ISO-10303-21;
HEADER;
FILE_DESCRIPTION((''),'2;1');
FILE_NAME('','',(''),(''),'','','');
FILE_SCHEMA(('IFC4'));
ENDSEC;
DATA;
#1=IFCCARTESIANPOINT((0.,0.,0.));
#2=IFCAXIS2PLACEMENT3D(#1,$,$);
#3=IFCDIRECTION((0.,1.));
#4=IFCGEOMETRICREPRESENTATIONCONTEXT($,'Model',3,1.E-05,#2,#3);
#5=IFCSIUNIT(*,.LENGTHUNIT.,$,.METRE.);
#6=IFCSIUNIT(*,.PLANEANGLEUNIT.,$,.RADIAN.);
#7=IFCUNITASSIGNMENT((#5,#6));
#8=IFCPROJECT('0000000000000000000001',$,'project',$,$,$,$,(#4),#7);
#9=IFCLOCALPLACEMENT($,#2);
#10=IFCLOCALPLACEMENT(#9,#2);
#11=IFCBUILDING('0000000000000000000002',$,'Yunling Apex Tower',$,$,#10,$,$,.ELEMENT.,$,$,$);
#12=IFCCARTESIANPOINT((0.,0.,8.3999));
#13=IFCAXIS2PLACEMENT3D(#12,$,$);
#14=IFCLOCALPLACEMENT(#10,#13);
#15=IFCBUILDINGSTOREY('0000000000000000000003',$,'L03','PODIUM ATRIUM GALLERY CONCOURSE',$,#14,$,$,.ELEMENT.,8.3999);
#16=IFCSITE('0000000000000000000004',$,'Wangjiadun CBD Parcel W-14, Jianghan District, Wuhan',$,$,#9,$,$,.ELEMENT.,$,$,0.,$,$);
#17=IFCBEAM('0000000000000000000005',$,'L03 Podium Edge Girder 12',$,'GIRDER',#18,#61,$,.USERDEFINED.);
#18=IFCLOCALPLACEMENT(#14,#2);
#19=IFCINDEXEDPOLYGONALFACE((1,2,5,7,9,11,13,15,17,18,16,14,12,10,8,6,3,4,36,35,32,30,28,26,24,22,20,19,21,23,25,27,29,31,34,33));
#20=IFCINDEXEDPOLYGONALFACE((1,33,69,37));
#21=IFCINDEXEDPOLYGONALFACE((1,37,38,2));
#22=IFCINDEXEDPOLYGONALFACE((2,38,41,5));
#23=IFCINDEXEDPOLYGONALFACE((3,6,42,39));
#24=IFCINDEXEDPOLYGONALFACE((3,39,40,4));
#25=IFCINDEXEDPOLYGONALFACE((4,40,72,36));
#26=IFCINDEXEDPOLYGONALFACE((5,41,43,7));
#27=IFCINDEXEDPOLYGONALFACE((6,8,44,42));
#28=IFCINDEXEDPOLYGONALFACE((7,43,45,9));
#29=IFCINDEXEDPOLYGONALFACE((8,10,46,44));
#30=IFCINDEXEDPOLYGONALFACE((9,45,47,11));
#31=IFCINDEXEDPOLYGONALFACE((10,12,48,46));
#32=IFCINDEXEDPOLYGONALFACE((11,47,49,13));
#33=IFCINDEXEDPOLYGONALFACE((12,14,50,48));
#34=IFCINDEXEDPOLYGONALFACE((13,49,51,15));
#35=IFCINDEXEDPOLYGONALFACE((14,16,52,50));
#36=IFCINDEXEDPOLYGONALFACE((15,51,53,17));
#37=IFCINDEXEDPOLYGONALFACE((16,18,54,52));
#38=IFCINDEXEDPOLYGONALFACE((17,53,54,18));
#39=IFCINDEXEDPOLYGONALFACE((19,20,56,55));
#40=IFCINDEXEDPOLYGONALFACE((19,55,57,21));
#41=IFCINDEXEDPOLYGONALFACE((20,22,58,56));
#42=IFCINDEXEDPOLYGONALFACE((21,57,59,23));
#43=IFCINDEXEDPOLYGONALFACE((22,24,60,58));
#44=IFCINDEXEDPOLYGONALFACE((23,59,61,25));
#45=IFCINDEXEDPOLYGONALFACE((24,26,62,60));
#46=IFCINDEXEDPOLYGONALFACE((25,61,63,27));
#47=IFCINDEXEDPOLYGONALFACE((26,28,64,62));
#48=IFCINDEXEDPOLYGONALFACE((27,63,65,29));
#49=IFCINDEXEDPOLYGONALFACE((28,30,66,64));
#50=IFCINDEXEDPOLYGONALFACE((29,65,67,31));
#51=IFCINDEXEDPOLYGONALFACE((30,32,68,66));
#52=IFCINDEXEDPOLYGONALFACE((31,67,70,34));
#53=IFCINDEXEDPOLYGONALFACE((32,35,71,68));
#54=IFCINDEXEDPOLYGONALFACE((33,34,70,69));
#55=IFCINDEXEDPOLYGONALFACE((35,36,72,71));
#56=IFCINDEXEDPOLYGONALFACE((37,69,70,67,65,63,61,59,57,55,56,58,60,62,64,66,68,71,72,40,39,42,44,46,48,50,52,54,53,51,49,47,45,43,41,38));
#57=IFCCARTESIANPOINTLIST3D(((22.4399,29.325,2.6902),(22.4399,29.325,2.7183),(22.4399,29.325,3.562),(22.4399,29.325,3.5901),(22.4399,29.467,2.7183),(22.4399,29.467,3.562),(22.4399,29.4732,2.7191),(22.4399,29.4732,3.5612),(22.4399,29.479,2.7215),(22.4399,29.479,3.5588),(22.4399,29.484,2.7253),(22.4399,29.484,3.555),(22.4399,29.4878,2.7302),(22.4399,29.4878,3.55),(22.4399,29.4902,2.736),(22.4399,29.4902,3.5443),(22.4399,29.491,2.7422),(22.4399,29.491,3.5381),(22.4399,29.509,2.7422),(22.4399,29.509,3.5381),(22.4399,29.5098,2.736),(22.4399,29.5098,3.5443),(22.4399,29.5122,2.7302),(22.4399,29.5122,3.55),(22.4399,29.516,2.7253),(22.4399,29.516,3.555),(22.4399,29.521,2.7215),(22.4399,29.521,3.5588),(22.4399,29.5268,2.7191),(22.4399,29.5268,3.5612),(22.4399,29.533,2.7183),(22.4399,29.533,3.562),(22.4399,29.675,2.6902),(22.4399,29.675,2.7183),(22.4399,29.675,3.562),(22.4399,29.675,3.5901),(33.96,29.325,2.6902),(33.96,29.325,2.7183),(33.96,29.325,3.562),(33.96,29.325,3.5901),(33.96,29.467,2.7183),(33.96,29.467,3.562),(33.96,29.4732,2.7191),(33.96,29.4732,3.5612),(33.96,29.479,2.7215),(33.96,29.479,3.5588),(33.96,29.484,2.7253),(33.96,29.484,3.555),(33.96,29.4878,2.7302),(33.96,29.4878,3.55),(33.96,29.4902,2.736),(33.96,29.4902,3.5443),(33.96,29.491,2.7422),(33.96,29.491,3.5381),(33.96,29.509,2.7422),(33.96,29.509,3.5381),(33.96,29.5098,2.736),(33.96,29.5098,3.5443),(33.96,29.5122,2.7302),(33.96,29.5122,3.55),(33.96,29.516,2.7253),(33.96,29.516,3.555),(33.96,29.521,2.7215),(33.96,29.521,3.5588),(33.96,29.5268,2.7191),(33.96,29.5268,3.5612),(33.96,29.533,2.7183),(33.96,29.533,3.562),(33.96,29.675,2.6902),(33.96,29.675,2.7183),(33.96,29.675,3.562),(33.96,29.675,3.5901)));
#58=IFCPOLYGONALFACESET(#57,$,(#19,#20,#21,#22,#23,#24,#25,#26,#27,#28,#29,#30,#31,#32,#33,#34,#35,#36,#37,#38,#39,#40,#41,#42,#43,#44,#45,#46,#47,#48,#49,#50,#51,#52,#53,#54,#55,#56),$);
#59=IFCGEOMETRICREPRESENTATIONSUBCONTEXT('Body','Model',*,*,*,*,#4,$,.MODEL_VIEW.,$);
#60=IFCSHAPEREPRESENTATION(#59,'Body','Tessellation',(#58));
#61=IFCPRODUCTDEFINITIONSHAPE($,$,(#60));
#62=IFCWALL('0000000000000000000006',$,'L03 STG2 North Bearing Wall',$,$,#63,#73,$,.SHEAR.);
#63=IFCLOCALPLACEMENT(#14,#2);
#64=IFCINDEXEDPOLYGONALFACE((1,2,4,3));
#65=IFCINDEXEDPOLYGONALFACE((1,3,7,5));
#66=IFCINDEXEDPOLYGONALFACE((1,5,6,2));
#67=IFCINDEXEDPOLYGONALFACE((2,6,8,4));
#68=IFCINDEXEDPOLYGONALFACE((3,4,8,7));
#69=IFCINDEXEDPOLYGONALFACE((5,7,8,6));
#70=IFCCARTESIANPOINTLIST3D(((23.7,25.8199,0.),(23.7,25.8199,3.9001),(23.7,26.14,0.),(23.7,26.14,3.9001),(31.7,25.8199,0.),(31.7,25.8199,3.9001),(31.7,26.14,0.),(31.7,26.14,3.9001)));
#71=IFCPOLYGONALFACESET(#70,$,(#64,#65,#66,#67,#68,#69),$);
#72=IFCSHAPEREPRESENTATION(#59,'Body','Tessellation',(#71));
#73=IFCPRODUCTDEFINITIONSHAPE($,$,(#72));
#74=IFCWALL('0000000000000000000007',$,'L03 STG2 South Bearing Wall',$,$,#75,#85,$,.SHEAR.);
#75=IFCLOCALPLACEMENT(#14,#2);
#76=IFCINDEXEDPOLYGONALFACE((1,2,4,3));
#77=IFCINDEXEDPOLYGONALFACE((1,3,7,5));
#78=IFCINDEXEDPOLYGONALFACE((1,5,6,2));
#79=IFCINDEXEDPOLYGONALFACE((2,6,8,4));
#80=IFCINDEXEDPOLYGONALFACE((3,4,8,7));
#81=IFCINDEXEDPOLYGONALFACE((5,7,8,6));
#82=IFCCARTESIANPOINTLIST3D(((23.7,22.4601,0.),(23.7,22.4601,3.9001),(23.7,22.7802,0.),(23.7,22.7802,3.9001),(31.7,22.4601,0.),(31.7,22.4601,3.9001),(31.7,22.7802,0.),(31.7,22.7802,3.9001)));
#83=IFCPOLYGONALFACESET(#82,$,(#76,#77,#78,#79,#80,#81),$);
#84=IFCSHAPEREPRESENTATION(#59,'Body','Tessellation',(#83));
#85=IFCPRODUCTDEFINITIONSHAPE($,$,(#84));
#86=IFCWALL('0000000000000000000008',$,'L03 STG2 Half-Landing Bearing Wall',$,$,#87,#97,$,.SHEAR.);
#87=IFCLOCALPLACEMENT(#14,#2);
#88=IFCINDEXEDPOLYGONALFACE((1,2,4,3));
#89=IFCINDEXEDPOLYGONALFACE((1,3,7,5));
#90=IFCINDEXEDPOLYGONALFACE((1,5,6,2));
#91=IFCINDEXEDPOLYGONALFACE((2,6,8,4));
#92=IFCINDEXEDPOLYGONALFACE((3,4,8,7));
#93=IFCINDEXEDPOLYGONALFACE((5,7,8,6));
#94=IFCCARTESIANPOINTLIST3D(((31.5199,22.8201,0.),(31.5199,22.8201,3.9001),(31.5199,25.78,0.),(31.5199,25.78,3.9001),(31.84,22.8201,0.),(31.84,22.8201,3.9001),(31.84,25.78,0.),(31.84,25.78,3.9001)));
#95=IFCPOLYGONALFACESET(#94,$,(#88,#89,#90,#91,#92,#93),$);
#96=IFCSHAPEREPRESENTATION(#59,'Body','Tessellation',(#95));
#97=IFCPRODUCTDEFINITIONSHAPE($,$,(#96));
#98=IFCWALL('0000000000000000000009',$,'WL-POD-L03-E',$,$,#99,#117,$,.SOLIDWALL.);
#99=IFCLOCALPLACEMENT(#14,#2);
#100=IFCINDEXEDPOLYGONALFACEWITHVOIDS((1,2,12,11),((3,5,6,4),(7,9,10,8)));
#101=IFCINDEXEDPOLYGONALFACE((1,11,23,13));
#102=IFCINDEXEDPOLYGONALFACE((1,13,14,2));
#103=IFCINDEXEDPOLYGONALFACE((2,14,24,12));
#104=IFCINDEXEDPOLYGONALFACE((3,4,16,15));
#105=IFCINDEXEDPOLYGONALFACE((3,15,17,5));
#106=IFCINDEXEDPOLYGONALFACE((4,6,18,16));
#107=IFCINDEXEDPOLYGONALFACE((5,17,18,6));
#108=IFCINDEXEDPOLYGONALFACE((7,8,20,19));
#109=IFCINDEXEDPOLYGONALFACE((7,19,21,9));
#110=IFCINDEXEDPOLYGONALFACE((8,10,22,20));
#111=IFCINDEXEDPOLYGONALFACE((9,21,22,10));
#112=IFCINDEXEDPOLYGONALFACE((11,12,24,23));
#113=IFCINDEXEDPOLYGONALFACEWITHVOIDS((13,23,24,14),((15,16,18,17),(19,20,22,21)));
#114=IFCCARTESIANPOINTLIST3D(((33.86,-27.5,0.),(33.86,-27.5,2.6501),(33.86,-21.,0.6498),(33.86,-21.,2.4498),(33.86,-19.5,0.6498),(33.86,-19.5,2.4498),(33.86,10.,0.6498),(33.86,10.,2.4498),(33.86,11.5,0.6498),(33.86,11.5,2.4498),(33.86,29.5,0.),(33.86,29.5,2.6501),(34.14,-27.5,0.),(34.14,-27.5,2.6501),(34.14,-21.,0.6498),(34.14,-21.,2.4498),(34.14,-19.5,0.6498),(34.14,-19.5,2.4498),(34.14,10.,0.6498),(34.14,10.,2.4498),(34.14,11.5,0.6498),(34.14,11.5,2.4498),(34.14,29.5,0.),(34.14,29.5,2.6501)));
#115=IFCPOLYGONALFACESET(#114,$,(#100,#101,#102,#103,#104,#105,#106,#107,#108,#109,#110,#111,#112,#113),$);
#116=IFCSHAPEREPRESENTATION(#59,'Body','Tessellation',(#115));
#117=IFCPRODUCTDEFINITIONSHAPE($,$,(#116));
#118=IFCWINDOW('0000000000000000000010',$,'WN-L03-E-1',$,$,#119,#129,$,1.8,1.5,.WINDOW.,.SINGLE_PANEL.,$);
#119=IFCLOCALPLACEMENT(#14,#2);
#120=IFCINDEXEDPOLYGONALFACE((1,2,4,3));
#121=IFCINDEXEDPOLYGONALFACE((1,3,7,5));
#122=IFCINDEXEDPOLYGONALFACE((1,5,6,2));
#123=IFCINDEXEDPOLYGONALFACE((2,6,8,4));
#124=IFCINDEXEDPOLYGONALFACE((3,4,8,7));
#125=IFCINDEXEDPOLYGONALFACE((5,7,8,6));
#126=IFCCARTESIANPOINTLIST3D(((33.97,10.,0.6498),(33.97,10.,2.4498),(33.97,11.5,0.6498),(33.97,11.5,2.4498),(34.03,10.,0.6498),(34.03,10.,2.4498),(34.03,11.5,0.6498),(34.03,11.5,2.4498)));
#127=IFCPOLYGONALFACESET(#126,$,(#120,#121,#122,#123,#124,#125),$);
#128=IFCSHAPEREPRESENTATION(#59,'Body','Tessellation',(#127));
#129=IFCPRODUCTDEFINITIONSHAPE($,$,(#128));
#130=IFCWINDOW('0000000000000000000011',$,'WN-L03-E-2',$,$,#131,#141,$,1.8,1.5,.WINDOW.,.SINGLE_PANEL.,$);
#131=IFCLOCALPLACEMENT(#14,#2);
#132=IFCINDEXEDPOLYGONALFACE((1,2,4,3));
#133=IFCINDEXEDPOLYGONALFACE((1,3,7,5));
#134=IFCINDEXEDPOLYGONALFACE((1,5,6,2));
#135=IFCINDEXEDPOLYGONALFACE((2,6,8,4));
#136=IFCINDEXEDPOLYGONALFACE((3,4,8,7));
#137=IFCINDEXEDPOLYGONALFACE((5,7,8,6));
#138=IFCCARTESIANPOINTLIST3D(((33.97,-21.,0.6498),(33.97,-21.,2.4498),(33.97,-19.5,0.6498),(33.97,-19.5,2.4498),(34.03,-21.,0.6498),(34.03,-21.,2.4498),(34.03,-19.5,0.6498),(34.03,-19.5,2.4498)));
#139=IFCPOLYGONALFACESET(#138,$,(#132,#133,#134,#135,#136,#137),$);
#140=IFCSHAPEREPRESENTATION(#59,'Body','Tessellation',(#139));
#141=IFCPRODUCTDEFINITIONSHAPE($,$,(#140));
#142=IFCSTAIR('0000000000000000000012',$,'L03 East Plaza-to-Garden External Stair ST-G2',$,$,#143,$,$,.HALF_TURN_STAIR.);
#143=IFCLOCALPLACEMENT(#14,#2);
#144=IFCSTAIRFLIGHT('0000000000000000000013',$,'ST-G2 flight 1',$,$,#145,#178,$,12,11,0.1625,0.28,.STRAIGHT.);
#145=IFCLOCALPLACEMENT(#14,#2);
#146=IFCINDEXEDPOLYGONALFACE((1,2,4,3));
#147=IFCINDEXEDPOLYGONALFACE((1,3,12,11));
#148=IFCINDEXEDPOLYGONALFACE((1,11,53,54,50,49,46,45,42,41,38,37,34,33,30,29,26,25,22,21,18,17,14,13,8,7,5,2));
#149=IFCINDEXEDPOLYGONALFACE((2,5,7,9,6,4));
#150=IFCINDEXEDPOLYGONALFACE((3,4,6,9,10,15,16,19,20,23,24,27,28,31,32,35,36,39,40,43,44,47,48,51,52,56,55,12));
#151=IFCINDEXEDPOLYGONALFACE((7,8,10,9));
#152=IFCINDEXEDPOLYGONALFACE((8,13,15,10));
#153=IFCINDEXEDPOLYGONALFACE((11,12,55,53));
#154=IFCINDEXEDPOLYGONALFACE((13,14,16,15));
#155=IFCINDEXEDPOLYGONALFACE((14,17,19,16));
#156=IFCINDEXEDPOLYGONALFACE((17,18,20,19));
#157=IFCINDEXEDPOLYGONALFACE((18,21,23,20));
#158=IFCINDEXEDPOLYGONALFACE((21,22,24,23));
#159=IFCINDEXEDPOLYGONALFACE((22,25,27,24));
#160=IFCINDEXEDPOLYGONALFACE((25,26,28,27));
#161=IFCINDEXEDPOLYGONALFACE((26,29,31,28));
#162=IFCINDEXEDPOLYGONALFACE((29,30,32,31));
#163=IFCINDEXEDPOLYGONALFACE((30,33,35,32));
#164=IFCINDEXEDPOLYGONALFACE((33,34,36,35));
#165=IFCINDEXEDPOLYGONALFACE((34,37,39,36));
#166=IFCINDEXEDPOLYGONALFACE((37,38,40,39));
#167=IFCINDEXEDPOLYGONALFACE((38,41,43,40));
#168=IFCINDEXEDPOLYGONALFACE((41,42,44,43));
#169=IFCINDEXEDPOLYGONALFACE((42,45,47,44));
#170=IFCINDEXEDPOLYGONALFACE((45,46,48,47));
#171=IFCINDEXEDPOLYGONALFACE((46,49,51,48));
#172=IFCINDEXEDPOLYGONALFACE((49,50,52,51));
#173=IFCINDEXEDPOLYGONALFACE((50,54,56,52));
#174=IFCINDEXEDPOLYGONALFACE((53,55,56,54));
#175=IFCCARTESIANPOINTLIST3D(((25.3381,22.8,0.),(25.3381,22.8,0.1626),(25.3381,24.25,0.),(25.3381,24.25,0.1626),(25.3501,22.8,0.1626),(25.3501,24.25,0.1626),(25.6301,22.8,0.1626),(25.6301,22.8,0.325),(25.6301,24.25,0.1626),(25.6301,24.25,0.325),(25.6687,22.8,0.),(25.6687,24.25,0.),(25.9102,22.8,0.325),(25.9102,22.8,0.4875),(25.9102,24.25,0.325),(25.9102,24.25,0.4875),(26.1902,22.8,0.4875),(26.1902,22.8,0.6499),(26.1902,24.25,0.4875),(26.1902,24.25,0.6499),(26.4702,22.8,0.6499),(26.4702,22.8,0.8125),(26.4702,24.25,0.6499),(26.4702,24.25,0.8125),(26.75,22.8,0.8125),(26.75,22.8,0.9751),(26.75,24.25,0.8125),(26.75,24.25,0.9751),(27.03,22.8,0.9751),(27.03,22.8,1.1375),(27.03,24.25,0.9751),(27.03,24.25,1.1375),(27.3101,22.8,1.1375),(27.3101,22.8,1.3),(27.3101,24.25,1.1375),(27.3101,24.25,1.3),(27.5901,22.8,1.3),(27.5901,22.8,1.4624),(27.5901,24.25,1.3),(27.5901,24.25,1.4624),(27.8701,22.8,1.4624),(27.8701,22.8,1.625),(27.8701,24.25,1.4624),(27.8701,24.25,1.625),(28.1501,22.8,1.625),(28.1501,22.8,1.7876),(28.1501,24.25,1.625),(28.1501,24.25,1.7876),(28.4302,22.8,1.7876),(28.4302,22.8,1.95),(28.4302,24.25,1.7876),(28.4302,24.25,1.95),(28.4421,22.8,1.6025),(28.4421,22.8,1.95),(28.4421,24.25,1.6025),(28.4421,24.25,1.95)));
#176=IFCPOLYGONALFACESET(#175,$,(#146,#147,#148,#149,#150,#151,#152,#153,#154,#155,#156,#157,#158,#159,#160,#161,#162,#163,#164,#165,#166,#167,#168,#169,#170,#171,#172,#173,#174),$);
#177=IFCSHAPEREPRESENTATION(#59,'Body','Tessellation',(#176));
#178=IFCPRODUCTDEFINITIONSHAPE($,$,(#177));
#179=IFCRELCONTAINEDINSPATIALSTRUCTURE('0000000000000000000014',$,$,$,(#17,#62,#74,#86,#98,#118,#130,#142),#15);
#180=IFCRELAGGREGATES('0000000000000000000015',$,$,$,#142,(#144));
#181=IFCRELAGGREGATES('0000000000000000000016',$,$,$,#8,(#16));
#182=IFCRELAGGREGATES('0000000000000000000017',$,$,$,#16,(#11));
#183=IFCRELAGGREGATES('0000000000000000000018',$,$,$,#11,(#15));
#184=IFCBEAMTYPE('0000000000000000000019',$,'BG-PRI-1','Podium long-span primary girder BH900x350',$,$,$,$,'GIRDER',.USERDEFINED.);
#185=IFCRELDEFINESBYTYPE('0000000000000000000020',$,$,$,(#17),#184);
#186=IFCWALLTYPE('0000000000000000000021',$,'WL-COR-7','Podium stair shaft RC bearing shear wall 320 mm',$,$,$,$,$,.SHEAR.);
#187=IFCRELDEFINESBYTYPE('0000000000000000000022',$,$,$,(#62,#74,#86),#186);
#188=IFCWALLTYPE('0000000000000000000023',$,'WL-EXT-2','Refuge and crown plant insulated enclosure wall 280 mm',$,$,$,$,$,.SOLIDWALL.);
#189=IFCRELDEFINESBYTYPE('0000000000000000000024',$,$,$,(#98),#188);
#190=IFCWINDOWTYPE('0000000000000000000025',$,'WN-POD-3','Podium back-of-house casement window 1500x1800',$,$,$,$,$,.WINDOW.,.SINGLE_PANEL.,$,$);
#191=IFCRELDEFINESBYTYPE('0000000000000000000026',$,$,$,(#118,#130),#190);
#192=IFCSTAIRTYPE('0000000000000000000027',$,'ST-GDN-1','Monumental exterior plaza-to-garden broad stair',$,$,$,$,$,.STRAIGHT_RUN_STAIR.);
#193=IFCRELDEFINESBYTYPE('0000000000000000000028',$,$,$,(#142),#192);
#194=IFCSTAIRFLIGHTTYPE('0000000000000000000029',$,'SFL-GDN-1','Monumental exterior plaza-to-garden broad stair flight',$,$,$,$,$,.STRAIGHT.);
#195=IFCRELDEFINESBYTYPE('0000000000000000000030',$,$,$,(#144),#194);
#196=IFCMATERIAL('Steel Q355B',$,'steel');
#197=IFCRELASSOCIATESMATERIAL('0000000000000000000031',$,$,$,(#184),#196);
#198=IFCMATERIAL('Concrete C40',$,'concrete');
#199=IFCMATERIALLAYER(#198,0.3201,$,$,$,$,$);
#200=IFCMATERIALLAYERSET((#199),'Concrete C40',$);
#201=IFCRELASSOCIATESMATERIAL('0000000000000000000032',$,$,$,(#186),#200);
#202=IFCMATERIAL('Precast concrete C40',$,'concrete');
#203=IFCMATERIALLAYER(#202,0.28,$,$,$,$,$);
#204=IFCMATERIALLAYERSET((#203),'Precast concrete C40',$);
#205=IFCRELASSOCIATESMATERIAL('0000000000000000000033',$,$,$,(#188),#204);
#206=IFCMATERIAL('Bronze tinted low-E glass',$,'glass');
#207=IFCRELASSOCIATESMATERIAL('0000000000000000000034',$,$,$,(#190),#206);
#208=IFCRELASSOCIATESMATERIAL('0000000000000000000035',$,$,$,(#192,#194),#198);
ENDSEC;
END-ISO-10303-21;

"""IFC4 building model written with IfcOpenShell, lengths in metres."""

from ifc_helpers import new_model, si_unit, direction, frame, frame_2d, origin, origin_2d, place, context, subcontext, project, spatial, polyline, rectangle, i_section, outline, extrude, source, transform, mapped, material, layer, layer_set, material_profile, profile_set, type_object, element, fill, aggregate, save


model = new_model("IFC4")

# Units and contexts
model_context = context("Model", 3, precision=1e-05, world=origin(), true_north=direction((0.0, 1.0)))
body_context = subcontext(model_context, "Body", "Model", "MODEL_VIEW")
ifc_project = project(units=[si_unit("LENGTHUNIT", "METRE"), si_unit("PLANEANGLEUNIT", "RADIAN")], contexts=[model_context])

# Site, building, storey
site_placement = place(None, origin())
site = spatial("IfcSite", under=ifc_project, at=site_placement, Name="Wangjiadun CBD Parcel W-14, Jianghan District, Wuhan", CompositionType="ELEMENT", RefElevation=0.0)
building_placement = place(site_placement, origin())
building = spatial("IfcBuilding", under=site, at=building_placement, Name="Yunling Apex Tower", CompositionType="ELEMENT")
storey_placement = place(building_placement, frame((0.0, 0.0, 8.3999)))
storey = spatial("IfcBuildingStorey", under=building, at=storey_placement, Name="L03", Description="PODIUM ATRIUM GALLERY CONCOURSE", CompositionType="ELEMENT", Elevation=8.3999)

# Beam
ifc_material_1 = material(Name="Steel Q355B", Category="steel")
ifc_material_profile_1 = material_profile(ifc_material_1, i_section(OverallWidth=0.3501, OverallDepth=0.8999, WebThickness=0.0181, FlangeThickness=0.0281, FilletRadius=0.0239, at=origin_2d()))
ifc_profile_set_1 = profile_set([ifc_material_profile_1], Name="Steel Q355B")
beam_type_1 = type_object("IfcBeamType", Name="BG-PRI-1", Description="Podium long-span primary girder BH900x350", ElementType="GIRDER", PredefinedType="USERDEFINED", material=ifc_profile_set_1)
shared_shape_1 = source(origin(), body_context, "Body", "SweptSolid", [
    extrude(i_section(OverallWidth=0.3501, OverallDepth=0.8999, WebThickness=0.0181, FlangeThickness=0.0281, FilletRadius=0.0239, at=origin_2d()), origin(), (0.0, 0.0, 1.0), 11.52),
])
beam_1_placement = place(storey_placement, frame((22.4399, 29.5, 3.1401), z_axis=(1.0, 0.0, 0.0), x_axis=(0.0, 1.0, 0.0)))
element("IfcBeam", 1, at=beam_1_placement, inside=storey, type_object=beam_type_1, Name="L03 Podium Edge Girder 12", ObjectType="GIRDER", PredefinedType="USERDEFINED", context=body_context, shape_type="MappedRepresentation", body=[
    mapped(shared_shape_1, transform((0.0, 0.0, 0.0), scale=1.0)),
])

# Walls
ifc_material_2 = material(Name="Concrete C40", Category="concrete")
ifc_layer_1 = layer(ifc_material_2, 0.3201)
ifc_layer_set_1 = layer_set([ifc_layer_1], Name="Concrete C40")
wall_type_1 = type_object("IfcWallType", Name="WL-COR-7", Description="Podium stair shaft RC bearing shear wall 320 mm", PredefinedType="SHEAR", material=ifc_layer_set_1)
for number, where, z_axis, x_axis, name in (
    (2, (23.7, 25.98, 0.0), (0.0, 0.0, 1.0), (1.0, 0.0, 0.0), "L03 STG2 North Bearing Wall"),
    (3, (23.7, 22.6201, 0.0), (0.0, 0.0, 1.0), (1.0, 0.0, 0.0), "L03 STG2 South Bearing Wall"),
):
    element("IfcWall", number, at=place(storey_placement, frame(where, z_axis=z_axis, x_axis=x_axis)), inside=storey, type_object=wall_type_1, Name=name, PredefinedType="SHEAR", context=body_context, shape_type="SweptSolid", body=[
        extrude(rectangle(XDim=8.0, YDim=0.3201, at=frame_2d((4.0, 0.0))), origin(), (0.0, 0.0, 1.0), 3.9001),
    ])
wall_1_placement = place(storey_placement, frame((31.6799, 22.8201, 0.0), z_axis=(0.0, 0.0, 1.0), x_axis=(0.0, 1.0, 0.0)))
element("IfcWall", 4, at=wall_1_placement, inside=storey, type_object=wall_type_1, Name="L03 STG2 Half-Landing Bearing Wall", PredefinedType="SHEAR", context=body_context, shape_type="SweptSolid", body=[
    extrude(rectangle(XDim=2.96, YDim=0.3201, at=frame_2d((1.48, 0.0))), origin(), (0.0, 0.0, 1.0), 3.9001),
])

# Wall, openings, windows
ifc_material_3 = material(Name="Precast concrete C40", Category="concrete")
ifc_layer_2 = layer(ifc_material_3, 0.28)
ifc_layer_set_2 = layer_set([ifc_layer_2], Name="Precast concrete C40")
wall_type_2 = type_object("IfcWallType", Name="WL-EXT-2", Description="Refuge and crown plant insulated enclosure wall 280 mm", PredefinedType="SOLIDWALL", material=ifc_layer_set_2)
wall_2_placement = place(storey_placement, frame((34.0, 29.5, 0.0), z_axis=(0.0, 0.0, 1.0), x_axis=(0.0, -1.0, 0.0)))
wall_2 = element("IfcWall", 5, at=wall_2_placement, inside=storey, type_object=wall_type_2, Name="WL-POD-L03-E", PredefinedType="SOLIDWALL", context=body_context, shape_type="SweptSolid", body=[
    extrude(rectangle(XDim=57.0, YDim=0.28, at=frame_2d((28.5, 0.0))), origin(), (0.0, 0.0, 1.0), 2.6501),
])
opening_1_placement = place(wall_2_placement, frame((18.0, 0.0, 0.6499)))
opening_1 = element("IfcOpeningElement", 6, at=opening_1_placement, cuts=wall_2, PredefinedType="OPENING", context=body_context, shape_type="SweptSolid", body=[
    extrude(rectangle(XDim=1.5, YDim=1.8, at=frame_2d((0.75, 0.8999))), frame((0.0, 0.1499, 0.0), z_axis=(0.0, -1.0, 0.0), x_axis=(1.0, 0.0, 0.0)), (0.0, 0.0, 1.0), 0.3),
])
opening_2_placement = place(wall_2_placement, frame((49.0, 0.0, 0.6499)))
opening_2 = element("IfcOpeningElement", 7, at=opening_2_placement, cuts=wall_2, PredefinedType="OPENING", context=body_context, shape_type="SweptSolid", body=[
    extrude(rectangle(XDim=1.5, YDim=1.8, at=frame_2d((0.75, 0.8999))), frame((0.0, 0.1499, 0.0), z_axis=(0.0, -1.0, 0.0), x_axis=(1.0, 0.0, 0.0)), (0.0, 0.0, 1.0), 0.3),
])
ifc_material_4 = material(Name="Bronze tinted low-E glass", Category="glass")
window_type = type_object("IfcWindowType", Name="WN-POD-3", Description="Podium back-of-house casement window 1500x1800", PartitioningType="SINGLE_PANEL", PredefinedType="WINDOW", material=ifc_material_4)
window_1_placement = place(opening_1_placement, origin())
window_1 = element("IfcWindow", 8, at=window_1_placement, inside=storey, type_object=window_type, Name="WN-L03-E-1", OverallHeight=1.8, OverallWidth=1.5, PartitioningType="SINGLE_PANEL", PredefinedType="WINDOW", context=body_context, shape_type="SweptSolid", body=[
    extrude(rectangle(XDim=1.5, YDim=1.8, at=frame_2d((0.75, 0.8999))), frame((0.0, 0.03, 0.0), z_axis=(0.0, -1.0, 0.0), x_axis=(1.0, 0.0, 0.0)), (0.0, 0.0, 1.0), 0.0601),
])
fill(opening_1, window_1)
window_2_placement = place(opening_2_placement, origin())
window_2 = element("IfcWindow", 9, at=window_2_placement, inside=storey, type_object=window_type, Name="WN-L03-E-2", OverallHeight=1.8, OverallWidth=1.5, PartitioningType="SINGLE_PANEL", PredefinedType="WINDOW", context=body_context, shape_type="SweptSolid", body=[
    extrude(rectangle(XDim=1.5, YDim=1.8, at=frame_2d((0.75, 0.8999))), frame((0.0, 0.03, 0.0), z_axis=(0.0, -1.0, 0.0), x_axis=(1.0, 0.0, 0.0)), (0.0, 0.0, 1.0), 0.0601),
])
fill(opening_2, window_2)

# Stair, stair flight
stair_type = type_object("IfcStairType", Name="ST-GDN-1", Description="Monumental exterior plaza-to-garden broad stair", PredefinedType="STRAIGHT_RUN_STAIR", material=ifc_material_2)
stair_placement = place(storey_placement, origin())
stair = element("IfcStair", 10, at=stair_placement, inside=storey, type_object=stair_type, Name="L03 East Plaza-to-Garden External Stair ST-G2", PredefinedType="HALF_TURN_STAIR")
stair_flight_type = type_object("IfcStairFlightType", Name="SFL-GDN-1", Description="Monumental exterior plaza-to-garden broad stair flight", PredefinedType="STRAIGHT", material=ifc_material_2)
stair_flight_1_placement = place(storey_placement, frame((25.3501, 23.5249, 0.0), z_axis=(0.0, 0.0, 1.0), x_axis=(1.0, 0.0, 0.0)))
stair_flight_1 = element("IfcStairFlight", 11, at=stair_flight_1_placement, type_object=stair_flight_type, Name="ST-G2 flight 1", NumberOfRisers=12, NumberOfTreads=11, PredefinedType="STRAIGHT", RiserHeight=0.1625, TreadLength=0.28, context=body_context, shape_type="SweptSolid", body=[
    extrude(outline(polyline([(-0.012, 0.0), (-0.012, 0.1626), (0.0, 0.1626), (0.28, 0.1626), (0.28, 0.325), (0.5601, 0.325), (0.5601, 0.4875), (0.8401, 0.4875), (0.8401, 0.6499), (1.1201, 0.6499), (1.1201, 0.8125), (1.3999, 0.8125), (1.3999, 0.9751), (1.6799, 0.9751), (1.6799, 1.1375), (1.96, 1.1375), (1.96, 1.3), (2.24, 1.3), (2.24, 1.4624), (2.52, 1.4624), (2.52, 1.625), (2.8, 1.625), (2.8, 1.7876), (3.0801, 1.7876), (3.0801, 1.95), (3.092, 1.95), (3.092, 1.6025), (0.3186, 0.0), (-0.012, 0.0)])), frame((0.0, 0.7251, 0.0), z_axis=(0.0, -1.0, 0.0), x_axis=(1.0, 0.0, 0.0)), (0.0, 0.0, 1.0), 1.45),
])
aggregate(stair, [stair_flight_1])

save(model, "model.ifc")
